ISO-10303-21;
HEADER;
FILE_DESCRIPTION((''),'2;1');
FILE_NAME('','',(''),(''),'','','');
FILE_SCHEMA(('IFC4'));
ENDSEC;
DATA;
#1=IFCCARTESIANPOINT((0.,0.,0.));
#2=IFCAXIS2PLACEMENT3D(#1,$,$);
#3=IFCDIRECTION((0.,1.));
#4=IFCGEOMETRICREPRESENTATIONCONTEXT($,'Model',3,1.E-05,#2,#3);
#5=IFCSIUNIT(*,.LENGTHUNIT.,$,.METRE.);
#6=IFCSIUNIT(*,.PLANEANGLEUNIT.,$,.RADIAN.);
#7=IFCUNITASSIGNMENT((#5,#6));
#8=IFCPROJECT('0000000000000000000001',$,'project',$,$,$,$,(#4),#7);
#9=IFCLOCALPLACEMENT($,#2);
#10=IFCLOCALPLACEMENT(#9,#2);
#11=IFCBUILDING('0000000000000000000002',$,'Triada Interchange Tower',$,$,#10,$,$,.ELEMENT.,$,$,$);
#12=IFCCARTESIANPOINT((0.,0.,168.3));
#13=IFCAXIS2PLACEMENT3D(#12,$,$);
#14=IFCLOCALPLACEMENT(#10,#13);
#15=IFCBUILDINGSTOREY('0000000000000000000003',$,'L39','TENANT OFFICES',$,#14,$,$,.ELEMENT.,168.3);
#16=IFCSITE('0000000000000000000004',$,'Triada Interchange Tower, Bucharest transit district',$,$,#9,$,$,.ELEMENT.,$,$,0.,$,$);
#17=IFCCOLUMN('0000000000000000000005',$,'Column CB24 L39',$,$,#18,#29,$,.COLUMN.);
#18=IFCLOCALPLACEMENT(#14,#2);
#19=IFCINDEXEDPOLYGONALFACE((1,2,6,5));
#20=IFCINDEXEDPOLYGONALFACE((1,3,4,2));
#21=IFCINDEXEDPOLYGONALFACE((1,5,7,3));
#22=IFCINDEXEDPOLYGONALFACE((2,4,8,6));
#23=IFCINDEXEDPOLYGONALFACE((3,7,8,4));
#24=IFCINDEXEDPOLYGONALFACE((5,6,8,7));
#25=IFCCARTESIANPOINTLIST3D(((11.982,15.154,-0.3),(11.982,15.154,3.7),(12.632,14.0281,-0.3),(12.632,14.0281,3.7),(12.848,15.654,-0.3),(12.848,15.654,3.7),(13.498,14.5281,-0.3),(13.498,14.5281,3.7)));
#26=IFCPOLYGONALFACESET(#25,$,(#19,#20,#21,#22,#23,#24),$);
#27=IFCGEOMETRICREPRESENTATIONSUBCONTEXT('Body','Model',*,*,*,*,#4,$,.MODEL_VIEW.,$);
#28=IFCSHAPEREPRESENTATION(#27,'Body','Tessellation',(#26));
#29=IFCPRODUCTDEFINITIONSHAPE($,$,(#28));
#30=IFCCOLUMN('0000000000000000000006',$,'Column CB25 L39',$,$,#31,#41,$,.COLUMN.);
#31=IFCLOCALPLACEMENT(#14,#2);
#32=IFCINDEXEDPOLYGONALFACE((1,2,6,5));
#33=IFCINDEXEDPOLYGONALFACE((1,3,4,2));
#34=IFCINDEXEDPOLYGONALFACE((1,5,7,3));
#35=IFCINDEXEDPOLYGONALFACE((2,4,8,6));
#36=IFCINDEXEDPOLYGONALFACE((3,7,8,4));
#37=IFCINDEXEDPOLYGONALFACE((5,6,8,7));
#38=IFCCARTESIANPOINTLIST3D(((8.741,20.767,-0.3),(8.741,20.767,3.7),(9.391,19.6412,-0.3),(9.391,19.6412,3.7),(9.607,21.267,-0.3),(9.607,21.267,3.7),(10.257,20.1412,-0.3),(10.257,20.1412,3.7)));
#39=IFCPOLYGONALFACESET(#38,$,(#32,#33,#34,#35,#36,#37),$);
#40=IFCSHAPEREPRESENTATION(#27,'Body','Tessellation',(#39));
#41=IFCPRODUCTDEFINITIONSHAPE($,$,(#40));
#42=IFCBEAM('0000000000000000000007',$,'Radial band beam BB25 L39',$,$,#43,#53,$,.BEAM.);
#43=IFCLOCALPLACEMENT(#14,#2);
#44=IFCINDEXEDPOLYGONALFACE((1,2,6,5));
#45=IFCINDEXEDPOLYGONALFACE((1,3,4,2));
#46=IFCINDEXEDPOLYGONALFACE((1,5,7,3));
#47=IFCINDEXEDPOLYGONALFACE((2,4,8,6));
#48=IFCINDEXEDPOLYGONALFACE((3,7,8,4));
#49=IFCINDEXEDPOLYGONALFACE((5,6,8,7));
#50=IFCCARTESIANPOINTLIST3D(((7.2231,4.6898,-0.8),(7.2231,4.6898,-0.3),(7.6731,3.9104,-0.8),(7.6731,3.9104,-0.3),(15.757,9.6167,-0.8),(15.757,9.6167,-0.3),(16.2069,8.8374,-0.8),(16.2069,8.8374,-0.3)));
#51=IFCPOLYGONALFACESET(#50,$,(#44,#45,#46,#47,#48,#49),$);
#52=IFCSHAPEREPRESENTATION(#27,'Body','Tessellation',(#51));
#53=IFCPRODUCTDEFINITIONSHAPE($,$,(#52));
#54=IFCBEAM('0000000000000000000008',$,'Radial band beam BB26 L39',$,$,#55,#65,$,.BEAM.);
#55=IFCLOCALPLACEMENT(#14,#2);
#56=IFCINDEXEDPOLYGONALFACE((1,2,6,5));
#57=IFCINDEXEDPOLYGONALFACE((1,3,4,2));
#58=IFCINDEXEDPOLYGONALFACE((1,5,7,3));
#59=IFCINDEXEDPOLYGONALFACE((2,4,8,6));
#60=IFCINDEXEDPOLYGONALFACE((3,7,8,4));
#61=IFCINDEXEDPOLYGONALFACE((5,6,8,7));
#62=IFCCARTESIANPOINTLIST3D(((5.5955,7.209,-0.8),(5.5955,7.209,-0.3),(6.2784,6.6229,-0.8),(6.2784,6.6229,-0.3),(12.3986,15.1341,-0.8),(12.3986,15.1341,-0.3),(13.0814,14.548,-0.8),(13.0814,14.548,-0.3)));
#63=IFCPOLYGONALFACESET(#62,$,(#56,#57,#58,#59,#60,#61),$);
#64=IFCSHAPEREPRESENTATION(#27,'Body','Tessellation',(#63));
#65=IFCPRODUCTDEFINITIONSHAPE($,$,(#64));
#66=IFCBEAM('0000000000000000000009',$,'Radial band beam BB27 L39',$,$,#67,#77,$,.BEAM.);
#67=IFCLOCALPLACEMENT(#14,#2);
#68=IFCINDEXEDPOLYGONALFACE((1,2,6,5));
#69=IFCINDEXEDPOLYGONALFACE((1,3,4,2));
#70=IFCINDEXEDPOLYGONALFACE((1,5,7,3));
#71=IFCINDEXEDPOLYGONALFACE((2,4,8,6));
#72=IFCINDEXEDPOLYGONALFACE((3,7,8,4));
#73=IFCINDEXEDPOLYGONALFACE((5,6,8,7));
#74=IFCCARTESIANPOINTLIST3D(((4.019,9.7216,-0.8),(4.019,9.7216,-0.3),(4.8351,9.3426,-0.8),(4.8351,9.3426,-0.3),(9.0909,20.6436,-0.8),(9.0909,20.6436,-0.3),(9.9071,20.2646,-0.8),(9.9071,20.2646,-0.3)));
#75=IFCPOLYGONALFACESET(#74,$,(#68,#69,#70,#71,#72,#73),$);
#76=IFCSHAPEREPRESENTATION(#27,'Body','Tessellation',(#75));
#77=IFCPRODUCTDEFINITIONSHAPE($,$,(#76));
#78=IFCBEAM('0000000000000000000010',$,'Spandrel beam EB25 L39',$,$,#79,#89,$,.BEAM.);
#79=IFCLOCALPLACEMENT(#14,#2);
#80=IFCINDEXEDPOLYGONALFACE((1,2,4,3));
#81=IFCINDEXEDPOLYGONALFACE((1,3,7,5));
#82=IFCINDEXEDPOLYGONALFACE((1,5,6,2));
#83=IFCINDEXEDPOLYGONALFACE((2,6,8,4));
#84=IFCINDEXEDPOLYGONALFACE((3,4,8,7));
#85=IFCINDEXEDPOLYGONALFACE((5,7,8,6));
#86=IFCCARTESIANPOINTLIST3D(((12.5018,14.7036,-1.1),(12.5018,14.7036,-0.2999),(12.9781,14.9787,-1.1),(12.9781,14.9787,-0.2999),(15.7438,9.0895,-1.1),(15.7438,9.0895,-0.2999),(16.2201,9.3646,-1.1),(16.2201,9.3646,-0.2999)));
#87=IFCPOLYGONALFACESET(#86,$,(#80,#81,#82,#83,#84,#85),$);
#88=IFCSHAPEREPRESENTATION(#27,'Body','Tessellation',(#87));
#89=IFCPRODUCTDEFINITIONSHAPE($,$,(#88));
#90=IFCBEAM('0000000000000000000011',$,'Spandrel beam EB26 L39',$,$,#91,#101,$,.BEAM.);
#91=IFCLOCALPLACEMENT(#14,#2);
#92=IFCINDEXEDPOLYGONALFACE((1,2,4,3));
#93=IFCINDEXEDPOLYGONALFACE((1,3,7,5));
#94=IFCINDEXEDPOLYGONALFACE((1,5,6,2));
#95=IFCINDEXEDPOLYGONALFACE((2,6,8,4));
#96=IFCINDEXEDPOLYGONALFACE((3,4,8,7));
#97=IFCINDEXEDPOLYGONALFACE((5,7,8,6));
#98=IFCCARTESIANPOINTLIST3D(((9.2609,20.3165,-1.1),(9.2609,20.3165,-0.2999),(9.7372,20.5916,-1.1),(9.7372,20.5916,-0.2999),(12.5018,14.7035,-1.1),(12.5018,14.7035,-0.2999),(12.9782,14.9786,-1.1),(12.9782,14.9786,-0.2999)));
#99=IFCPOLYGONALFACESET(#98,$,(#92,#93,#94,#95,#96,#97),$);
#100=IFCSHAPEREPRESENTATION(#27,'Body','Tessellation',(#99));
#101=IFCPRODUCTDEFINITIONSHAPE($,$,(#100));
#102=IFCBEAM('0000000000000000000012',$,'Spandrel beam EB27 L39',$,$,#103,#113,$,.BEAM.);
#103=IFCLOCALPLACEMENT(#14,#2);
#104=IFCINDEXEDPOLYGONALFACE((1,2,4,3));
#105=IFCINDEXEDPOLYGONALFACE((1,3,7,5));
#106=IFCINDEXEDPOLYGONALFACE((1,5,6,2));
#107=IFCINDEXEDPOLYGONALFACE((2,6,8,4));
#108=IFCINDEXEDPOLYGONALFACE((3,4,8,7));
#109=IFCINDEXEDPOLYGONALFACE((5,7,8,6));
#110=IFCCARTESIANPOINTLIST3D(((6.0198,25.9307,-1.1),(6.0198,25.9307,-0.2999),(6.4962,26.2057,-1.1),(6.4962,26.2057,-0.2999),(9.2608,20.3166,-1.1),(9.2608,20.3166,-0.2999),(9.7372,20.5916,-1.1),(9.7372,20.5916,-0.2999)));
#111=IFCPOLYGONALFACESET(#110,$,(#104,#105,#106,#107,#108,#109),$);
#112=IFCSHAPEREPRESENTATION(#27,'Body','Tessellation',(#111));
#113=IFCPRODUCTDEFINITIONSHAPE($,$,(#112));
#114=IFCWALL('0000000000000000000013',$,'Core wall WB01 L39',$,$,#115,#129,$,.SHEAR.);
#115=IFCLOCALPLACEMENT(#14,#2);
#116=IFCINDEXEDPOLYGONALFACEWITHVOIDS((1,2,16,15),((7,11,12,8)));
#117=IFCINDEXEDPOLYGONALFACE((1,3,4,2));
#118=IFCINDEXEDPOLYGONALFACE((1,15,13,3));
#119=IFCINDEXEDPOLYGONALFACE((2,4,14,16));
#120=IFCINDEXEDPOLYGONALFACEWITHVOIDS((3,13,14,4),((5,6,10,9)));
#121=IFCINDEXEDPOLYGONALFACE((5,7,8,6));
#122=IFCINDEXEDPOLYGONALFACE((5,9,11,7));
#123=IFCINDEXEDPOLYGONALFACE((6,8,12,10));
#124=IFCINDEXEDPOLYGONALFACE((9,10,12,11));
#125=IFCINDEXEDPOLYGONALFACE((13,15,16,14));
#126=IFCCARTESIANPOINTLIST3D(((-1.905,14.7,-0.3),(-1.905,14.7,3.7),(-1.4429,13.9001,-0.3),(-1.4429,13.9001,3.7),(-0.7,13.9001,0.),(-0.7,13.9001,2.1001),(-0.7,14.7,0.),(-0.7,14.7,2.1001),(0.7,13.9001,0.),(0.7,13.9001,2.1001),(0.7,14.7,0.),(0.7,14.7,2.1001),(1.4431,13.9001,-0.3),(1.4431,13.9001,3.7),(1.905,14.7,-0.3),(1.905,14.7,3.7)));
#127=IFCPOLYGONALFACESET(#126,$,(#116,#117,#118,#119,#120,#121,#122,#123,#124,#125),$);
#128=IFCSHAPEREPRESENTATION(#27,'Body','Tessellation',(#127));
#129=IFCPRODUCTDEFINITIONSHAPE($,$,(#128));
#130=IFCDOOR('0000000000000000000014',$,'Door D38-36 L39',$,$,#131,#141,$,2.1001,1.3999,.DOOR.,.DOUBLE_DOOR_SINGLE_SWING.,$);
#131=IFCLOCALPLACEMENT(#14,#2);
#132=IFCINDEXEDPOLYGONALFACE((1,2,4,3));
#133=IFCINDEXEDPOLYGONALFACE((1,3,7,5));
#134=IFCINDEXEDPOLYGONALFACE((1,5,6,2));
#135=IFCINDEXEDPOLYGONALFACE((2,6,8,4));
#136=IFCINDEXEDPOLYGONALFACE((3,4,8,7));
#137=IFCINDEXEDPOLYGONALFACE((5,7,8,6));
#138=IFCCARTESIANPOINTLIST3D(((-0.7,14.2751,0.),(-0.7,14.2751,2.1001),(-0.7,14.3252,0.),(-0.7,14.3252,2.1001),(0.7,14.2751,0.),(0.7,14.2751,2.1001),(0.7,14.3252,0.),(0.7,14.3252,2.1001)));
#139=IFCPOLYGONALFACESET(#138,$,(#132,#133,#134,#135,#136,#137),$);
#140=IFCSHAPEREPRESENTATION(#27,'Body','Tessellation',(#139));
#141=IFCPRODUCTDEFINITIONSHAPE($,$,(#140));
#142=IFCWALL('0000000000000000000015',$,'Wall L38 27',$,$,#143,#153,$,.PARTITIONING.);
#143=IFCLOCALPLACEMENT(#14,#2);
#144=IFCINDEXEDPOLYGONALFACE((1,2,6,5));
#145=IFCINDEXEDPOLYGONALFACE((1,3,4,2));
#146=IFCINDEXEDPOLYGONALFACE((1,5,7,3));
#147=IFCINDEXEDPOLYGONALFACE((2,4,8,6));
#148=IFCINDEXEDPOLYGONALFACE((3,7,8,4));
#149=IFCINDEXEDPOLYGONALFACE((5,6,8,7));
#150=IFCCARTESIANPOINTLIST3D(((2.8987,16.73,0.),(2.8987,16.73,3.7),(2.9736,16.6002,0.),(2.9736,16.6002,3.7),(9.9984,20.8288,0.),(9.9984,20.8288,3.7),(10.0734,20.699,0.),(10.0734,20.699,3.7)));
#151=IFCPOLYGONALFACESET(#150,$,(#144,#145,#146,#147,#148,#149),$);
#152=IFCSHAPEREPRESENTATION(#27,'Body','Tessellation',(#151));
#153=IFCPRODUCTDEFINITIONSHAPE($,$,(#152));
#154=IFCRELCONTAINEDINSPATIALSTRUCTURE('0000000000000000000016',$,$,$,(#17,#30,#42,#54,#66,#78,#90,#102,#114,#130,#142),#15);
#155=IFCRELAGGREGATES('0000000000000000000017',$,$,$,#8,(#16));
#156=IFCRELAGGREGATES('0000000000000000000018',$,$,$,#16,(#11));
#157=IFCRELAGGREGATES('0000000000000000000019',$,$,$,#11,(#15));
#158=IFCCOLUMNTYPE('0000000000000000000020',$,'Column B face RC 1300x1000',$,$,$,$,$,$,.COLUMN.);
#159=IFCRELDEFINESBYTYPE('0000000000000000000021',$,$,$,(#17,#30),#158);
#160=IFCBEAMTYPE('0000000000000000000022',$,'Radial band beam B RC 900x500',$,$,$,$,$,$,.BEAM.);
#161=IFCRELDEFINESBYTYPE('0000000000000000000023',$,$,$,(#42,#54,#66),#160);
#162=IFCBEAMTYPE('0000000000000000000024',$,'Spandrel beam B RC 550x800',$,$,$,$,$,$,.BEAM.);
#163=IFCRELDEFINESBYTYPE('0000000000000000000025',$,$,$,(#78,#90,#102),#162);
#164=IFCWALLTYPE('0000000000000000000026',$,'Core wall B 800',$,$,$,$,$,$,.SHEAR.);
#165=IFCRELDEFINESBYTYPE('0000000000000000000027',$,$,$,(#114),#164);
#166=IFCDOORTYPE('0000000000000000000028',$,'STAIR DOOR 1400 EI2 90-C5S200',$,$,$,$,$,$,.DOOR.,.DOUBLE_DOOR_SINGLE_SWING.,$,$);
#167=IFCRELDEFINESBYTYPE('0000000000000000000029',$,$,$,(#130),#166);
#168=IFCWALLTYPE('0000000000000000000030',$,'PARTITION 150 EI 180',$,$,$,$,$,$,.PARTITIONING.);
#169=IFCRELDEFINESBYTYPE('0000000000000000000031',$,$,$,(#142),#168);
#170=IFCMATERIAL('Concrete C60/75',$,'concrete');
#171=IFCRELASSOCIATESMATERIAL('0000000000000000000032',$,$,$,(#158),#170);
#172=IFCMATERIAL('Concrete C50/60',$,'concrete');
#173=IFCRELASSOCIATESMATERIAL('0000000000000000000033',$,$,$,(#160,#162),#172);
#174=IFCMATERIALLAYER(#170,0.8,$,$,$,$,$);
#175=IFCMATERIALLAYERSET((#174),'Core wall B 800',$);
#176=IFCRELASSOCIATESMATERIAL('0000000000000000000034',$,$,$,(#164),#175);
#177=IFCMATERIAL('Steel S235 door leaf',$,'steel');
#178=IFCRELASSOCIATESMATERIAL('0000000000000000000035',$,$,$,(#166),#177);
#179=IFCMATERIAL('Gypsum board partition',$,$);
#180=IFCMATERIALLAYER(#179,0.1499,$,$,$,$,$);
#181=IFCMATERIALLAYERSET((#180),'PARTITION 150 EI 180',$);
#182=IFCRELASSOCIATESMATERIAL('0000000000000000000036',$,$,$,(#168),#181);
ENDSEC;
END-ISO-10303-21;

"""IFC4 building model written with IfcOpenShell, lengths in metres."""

from ifc_helpers import new_model, si_unit, direction, frame, frame_2d, origin, origin_2d, place, context, subcontext, project, spatial, polyline, rectangle, outline, extrude, material, layer, layer_set, material_profile, profile_set, type_object, element, fill, save


model = new_model("IFC4")

# Units and contexts
model_context = context("Model", 3, precision=1e-05, world=origin(), true_north=direction((0.0, 1.0)))
body_context = subcontext(model_context, "Body", "Model", "MODEL_VIEW")
ifc_project = project(units=[si_unit("LENGTHUNIT", "METRE"), si_unit("PLANEANGLEUNIT", "RADIAN")], contexts=[model_context])

# Site, building, storey
site_placement = place(None, origin())
site = spatial("IfcSite", under=ifc_project, at=site_placement, Name="Triada Interchange Tower, Bucharest transit district", CompositionType="ELEMENT", RefElevation=0.0)
building_placement = place(site_placement, origin())
building = spatial("IfcBuilding", under=site, at=building_placement, Name="Triada Interchange Tower", CompositionType="ELEMENT")
storey_placement = place(building_placement, frame((0.0, 0.0, 168.3)))
storey = spatial("IfcBuildingStorey", under=building, at=storey_placement, Name="L39", Description="TENANT OFFICES", CompositionType="ELEMENT", Elevation=168.3)

# Columns
ifc_material_1 = material(Name="Concrete C60/75", Category="concrete")
ifc_material_profile_1 = material_profile(ifc_material_1, rectangle(XDim=1.3, YDim=1.0, at=origin_2d()), Name="RC 1300x1000")
ifc_profile_set_1 = profile_set([ifc_material_profile_1], Name="Concrete C60/75")
column_type = type_object("IfcColumnType", Name="Column B face RC 1300x1000", PredefinedType="COLUMN", material=ifc_profile_set_1)
for number, where, z_axis, x_axis, name in (
    (1, (12.74, 14.8411, -0.3), (0.0, 0.0, 1.0), (-0.5, 0.866025, 0.0), "Column CB24 L39"),
    (2, (9.499, 20.4541, -0.3), (0.0, 0.0, 1.0), (-0.5, 0.866025, 0.0), "Column CB25 L39"),
):
    element("IfcColumn", number, at=place(storey_placement, frame(where, z_axis=z_axis, x_axis=x_axis)), inside=storey, type_object=column_type, Name=name, PredefinedType="COLUMN", context=body_context, shape_type="SweptSolid", body=[
        extrude(rectangle(XDim=1.3, YDim=1.0, at=origin_2d()), origin(), (0.0, 0.0, 1.0), 4.0),
    ])

# Beams
ifc_material_2 = material(Name="Concrete C50/60", Category="concrete")
ifc_material_profile_2 = material_profile(ifc_material_2, rectangle(XDim=0.8999, YDim=0.5, at=origin_2d()), Name="RC 900x500")
ifc_profile_set_2 = profile_set([ifc_material_profile_2], Name="Concrete C50/60")
beam_type_1 = type_object("IfcBeamType", Name="Radial band beam B RC 900x500", PredefinedType="BEAM", material=ifc_profile_set_2)
beam_1_placement = place(storey_placement, frame((15.9819, 9.2271, -0.55), z_axis=(-0.866028, -0.499995, 0.0), x_axis=(0.499995, -0.866028, 0.0)))
element("IfcBeam", 3, at=beam_1_placement, inside=storey, type_object=beam_type_1, Name="Radial band beam BB25 L39", PredefinedType="BEAM", context=body_context, shape_type="SweptSolid", body=[
    extrude(rectangle(XDim=0.8999, YDim=0.5, at=origin_2d()), origin(), (0.0, 0.0, 1.0), 9.854),
])
beam_2_placement = place(storey_placement, frame((12.74, 14.8411, -0.55), z_axis=(-0.651348, -0.75878, 0.0), x_axis=(0.75878, -0.651348, 0.0)))
element("IfcBeam", 4, at=beam_2_placement, inside=storey, type_object=beam_type_1, Name="Radial band beam BB26 L39", PredefinedType="BEAM", context=body_context, shape_type="SweptSolid", body=[
    extrude(rectangle(XDim=0.8999, YDim=0.5, at=origin_2d()), origin(), (0.0, 0.0, 1.0), 10.4446),
])
beam_3_placement = place(storey_placement, frame((9.499, 20.4541, -0.55), z_axis=(-0.421182, -0.906976, 0.0), x_axis=(0.906976, -0.421182, 0.0)))
element("IfcBeam", 5, at=beam_3_placement, inside=storey, type_object=beam_type_1, Name="Radial band beam BB27 L39", PredefinedType="BEAM", context=body_context, shape_type="SweptSolid", body=[
    extrude(rectangle(XDim=0.8999, YDim=0.5, at=origin_2d()), origin(), (0.0, 0.0, 1.0), 12.0422),
])
ifc_material_profile_3 = material_profile(ifc_material_2, rectangle(XDim=0.55, YDim=0.8, at=origin_2d()), Name="RC 550x800")
ifc_profile_set_3 = profile_set([ifc_material_profile_3], Name="Concrete C50/60")
beam_type_2 = type_object("IfcBeamType", Name="Spandrel beam B RC 550x800", PredefinedType="BEAM", material=ifc_profile_set_3)
beam_4_placement = place(storey_placement, frame((15.9819, 9.2271, -0.7), z_axis=(-0.50008, 0.865979, 0.0), x_axis=(-0.865979, -0.50008, 0.0)))
element("IfcBeam", 6, at=beam_4_placement, inside=storey, type_object=beam_type_2, Name="Spandrel beam EB25 L39", PredefinedType="BEAM", context=body_context, shape_type="SweptSolid", body=[
    extrude(rectangle(XDim=0.55, YDim=0.8, at=origin_2d()), origin(), (0.0, 0.0, 1.0), 6.4829),
])
beam_5_placement = place(storey_placement, frame((12.74, 14.8411, -0.7), z_axis=(-0.500032, 0.866007, 0.0), x_axis=(-0.866007, -0.500032, 0.0)))
element("IfcBeam", 7, at=beam_5_placement, inside=storey, type_object=beam_type_2, Name="Spandrel beam EB26 L39", PredefinedType="BEAM", context=body_context, shape_type="SweptSolid", body=[
    extrude(rectangle(XDim=0.55, YDim=0.8, at=origin_2d()), origin(), (0.0, 0.0, 1.0), 6.4814),
])
beam_6_placement = place(storey_placement, frame((9.499, 20.4541, -0.7), z_axis=(-0.499967, 0.866044, 0.0), x_axis=(-0.866044, -0.499967, 0.0)))
element("IfcBeam", 8, at=beam_6_placement, inside=storey, type_object=beam_type_2, Name="Spandrel beam EB27 L39", PredefinedType="BEAM", context=body_context, shape_type="SweptSolid", body=[
    extrude(rectangle(XDim=0.55, YDim=0.8, at=origin_2d()), origin(), (0.0, 0.0, 1.0), 6.4824),
])

# Wall, opening, door
ifc_layer_1 = layer(ifc_material_1, 0.8)
ifc_layer_set_1 = layer_set([ifc_layer_1], Name="Core wall B 800")
wall_type_1 = type_object("IfcWallType", Name="Core wall B 800", PredefinedType="SHEAR", material=ifc_layer_set_1)
wall_1_placement = place(storey_placement, frame((1.6741, 14.3, -0.3), z_axis=(0.0, 0.0, 1.0), x_axis=(-1.0, 0.0, 0.0)))
wall_1 = element("IfcWall", 9, at=wall_1_placement, inside=storey, type_object=wall_type_1, Name="Core wall WB01 L39", PredefinedType="SHEAR", context=body_context, shape_type="SweptSolid", body=[
    extrude(outline(polyline([(-0.231, -0.3999), (1.6741, -0.3999), (3.5791, -0.3999), (3.1169, 0.3999), (1.6738, 0.3999), (0.231, 0.3999), (-0.231, -0.3999)])), origin(), (0.0, 0.0, 1.0), 4.0),
])
opening_1_placement = place(wall_1_placement, frame((0.9741, 0.0, 0.3)))
opening_1 = element("IfcOpeningElement", 10, at=opening_1_placement, cuts=wall_1, PredefinedType="OPENING", context=body_context, shape_type="SweptSolid", body=[
    extrude(rectangle(XDim=1.3999, YDim=2.1001, at=frame_2d((0.7, 1.05))), frame((0.0, 0.4099, 0.0), z_axis=(0.0, -1.0, 0.0), x_axis=(1.0, 0.0, 0.0)), (0.0, 0.0, 1.0), 0.8201),
])
ifc_material_3 = material(Name="Steel S235 door leaf", Category="steel")
door_type_1 = type_object("IfcDoorType", Name="STAIR DOOR 1400 EI2 90-C5S200", OperationType="DOUBLE_DOOR_SINGLE_SWING", PredefinedType="DOOR", material=ifc_material_3)
door_1_placement = place(opening_1_placement, origin())
door_1 = element("IfcDoor", 11, at=door_1_placement, inside=storey, type_object=door_type_1, Name="Door D38-36 L39", OperationType="DOUBLE_DOOR_SINGLE_SWING", OverallHeight=2.1001, OverallWidth=1.3999, PredefinedType="DOOR", context=body_context, shape_type="SweptSolid", body=[
    extrude(rectangle(XDim=1.3999, YDim=2.1001, at=frame_2d((0.7, 1.05))), frame((0.0, 0.0249, 0.0), z_axis=(0.0, -1.0, 0.0), x_axis=(1.0, 0.0, 0.0)), (0.0, 0.0, 1.0), 0.05),
])
fill(opening_1, door_1)

# Wall
ifc_material_4 = material(Name="Gypsum board partition")
ifc_layer_2 = layer(ifc_material_4, 0.1499)
ifc_layer_set_2 = layer_set([ifc_layer_2], Name="PARTITION 150 EI 180")
wall_type_2 = type_object("IfcWallType", Name="PARTITION 150 EI 180", PredefinedType="PARTITIONING", material=ifc_layer_set_2)
wall_2_placement = place(storey_placement, frame((2.936, 16.665, 0.0), z_axis=(0.0, 0.0, 1.0), x_axis=(0.866037, 0.499979, 0.0)))
element("IfcWall", 12, at=wall_2_placement, inside=storey, type_object=wall_type_2, Name="Wall L38 27", PredefinedType="PARTITIONING", context=body_context, shape_type="SweptSolid", body=[
    extrude(rectangle(XDim=8.198, YDim=0.1499, at=frame_2d((4.0991, 0.0))), origin(), (0.0, 0.0, 1.0), 3.7),
])

save(model, "model.ifc")
